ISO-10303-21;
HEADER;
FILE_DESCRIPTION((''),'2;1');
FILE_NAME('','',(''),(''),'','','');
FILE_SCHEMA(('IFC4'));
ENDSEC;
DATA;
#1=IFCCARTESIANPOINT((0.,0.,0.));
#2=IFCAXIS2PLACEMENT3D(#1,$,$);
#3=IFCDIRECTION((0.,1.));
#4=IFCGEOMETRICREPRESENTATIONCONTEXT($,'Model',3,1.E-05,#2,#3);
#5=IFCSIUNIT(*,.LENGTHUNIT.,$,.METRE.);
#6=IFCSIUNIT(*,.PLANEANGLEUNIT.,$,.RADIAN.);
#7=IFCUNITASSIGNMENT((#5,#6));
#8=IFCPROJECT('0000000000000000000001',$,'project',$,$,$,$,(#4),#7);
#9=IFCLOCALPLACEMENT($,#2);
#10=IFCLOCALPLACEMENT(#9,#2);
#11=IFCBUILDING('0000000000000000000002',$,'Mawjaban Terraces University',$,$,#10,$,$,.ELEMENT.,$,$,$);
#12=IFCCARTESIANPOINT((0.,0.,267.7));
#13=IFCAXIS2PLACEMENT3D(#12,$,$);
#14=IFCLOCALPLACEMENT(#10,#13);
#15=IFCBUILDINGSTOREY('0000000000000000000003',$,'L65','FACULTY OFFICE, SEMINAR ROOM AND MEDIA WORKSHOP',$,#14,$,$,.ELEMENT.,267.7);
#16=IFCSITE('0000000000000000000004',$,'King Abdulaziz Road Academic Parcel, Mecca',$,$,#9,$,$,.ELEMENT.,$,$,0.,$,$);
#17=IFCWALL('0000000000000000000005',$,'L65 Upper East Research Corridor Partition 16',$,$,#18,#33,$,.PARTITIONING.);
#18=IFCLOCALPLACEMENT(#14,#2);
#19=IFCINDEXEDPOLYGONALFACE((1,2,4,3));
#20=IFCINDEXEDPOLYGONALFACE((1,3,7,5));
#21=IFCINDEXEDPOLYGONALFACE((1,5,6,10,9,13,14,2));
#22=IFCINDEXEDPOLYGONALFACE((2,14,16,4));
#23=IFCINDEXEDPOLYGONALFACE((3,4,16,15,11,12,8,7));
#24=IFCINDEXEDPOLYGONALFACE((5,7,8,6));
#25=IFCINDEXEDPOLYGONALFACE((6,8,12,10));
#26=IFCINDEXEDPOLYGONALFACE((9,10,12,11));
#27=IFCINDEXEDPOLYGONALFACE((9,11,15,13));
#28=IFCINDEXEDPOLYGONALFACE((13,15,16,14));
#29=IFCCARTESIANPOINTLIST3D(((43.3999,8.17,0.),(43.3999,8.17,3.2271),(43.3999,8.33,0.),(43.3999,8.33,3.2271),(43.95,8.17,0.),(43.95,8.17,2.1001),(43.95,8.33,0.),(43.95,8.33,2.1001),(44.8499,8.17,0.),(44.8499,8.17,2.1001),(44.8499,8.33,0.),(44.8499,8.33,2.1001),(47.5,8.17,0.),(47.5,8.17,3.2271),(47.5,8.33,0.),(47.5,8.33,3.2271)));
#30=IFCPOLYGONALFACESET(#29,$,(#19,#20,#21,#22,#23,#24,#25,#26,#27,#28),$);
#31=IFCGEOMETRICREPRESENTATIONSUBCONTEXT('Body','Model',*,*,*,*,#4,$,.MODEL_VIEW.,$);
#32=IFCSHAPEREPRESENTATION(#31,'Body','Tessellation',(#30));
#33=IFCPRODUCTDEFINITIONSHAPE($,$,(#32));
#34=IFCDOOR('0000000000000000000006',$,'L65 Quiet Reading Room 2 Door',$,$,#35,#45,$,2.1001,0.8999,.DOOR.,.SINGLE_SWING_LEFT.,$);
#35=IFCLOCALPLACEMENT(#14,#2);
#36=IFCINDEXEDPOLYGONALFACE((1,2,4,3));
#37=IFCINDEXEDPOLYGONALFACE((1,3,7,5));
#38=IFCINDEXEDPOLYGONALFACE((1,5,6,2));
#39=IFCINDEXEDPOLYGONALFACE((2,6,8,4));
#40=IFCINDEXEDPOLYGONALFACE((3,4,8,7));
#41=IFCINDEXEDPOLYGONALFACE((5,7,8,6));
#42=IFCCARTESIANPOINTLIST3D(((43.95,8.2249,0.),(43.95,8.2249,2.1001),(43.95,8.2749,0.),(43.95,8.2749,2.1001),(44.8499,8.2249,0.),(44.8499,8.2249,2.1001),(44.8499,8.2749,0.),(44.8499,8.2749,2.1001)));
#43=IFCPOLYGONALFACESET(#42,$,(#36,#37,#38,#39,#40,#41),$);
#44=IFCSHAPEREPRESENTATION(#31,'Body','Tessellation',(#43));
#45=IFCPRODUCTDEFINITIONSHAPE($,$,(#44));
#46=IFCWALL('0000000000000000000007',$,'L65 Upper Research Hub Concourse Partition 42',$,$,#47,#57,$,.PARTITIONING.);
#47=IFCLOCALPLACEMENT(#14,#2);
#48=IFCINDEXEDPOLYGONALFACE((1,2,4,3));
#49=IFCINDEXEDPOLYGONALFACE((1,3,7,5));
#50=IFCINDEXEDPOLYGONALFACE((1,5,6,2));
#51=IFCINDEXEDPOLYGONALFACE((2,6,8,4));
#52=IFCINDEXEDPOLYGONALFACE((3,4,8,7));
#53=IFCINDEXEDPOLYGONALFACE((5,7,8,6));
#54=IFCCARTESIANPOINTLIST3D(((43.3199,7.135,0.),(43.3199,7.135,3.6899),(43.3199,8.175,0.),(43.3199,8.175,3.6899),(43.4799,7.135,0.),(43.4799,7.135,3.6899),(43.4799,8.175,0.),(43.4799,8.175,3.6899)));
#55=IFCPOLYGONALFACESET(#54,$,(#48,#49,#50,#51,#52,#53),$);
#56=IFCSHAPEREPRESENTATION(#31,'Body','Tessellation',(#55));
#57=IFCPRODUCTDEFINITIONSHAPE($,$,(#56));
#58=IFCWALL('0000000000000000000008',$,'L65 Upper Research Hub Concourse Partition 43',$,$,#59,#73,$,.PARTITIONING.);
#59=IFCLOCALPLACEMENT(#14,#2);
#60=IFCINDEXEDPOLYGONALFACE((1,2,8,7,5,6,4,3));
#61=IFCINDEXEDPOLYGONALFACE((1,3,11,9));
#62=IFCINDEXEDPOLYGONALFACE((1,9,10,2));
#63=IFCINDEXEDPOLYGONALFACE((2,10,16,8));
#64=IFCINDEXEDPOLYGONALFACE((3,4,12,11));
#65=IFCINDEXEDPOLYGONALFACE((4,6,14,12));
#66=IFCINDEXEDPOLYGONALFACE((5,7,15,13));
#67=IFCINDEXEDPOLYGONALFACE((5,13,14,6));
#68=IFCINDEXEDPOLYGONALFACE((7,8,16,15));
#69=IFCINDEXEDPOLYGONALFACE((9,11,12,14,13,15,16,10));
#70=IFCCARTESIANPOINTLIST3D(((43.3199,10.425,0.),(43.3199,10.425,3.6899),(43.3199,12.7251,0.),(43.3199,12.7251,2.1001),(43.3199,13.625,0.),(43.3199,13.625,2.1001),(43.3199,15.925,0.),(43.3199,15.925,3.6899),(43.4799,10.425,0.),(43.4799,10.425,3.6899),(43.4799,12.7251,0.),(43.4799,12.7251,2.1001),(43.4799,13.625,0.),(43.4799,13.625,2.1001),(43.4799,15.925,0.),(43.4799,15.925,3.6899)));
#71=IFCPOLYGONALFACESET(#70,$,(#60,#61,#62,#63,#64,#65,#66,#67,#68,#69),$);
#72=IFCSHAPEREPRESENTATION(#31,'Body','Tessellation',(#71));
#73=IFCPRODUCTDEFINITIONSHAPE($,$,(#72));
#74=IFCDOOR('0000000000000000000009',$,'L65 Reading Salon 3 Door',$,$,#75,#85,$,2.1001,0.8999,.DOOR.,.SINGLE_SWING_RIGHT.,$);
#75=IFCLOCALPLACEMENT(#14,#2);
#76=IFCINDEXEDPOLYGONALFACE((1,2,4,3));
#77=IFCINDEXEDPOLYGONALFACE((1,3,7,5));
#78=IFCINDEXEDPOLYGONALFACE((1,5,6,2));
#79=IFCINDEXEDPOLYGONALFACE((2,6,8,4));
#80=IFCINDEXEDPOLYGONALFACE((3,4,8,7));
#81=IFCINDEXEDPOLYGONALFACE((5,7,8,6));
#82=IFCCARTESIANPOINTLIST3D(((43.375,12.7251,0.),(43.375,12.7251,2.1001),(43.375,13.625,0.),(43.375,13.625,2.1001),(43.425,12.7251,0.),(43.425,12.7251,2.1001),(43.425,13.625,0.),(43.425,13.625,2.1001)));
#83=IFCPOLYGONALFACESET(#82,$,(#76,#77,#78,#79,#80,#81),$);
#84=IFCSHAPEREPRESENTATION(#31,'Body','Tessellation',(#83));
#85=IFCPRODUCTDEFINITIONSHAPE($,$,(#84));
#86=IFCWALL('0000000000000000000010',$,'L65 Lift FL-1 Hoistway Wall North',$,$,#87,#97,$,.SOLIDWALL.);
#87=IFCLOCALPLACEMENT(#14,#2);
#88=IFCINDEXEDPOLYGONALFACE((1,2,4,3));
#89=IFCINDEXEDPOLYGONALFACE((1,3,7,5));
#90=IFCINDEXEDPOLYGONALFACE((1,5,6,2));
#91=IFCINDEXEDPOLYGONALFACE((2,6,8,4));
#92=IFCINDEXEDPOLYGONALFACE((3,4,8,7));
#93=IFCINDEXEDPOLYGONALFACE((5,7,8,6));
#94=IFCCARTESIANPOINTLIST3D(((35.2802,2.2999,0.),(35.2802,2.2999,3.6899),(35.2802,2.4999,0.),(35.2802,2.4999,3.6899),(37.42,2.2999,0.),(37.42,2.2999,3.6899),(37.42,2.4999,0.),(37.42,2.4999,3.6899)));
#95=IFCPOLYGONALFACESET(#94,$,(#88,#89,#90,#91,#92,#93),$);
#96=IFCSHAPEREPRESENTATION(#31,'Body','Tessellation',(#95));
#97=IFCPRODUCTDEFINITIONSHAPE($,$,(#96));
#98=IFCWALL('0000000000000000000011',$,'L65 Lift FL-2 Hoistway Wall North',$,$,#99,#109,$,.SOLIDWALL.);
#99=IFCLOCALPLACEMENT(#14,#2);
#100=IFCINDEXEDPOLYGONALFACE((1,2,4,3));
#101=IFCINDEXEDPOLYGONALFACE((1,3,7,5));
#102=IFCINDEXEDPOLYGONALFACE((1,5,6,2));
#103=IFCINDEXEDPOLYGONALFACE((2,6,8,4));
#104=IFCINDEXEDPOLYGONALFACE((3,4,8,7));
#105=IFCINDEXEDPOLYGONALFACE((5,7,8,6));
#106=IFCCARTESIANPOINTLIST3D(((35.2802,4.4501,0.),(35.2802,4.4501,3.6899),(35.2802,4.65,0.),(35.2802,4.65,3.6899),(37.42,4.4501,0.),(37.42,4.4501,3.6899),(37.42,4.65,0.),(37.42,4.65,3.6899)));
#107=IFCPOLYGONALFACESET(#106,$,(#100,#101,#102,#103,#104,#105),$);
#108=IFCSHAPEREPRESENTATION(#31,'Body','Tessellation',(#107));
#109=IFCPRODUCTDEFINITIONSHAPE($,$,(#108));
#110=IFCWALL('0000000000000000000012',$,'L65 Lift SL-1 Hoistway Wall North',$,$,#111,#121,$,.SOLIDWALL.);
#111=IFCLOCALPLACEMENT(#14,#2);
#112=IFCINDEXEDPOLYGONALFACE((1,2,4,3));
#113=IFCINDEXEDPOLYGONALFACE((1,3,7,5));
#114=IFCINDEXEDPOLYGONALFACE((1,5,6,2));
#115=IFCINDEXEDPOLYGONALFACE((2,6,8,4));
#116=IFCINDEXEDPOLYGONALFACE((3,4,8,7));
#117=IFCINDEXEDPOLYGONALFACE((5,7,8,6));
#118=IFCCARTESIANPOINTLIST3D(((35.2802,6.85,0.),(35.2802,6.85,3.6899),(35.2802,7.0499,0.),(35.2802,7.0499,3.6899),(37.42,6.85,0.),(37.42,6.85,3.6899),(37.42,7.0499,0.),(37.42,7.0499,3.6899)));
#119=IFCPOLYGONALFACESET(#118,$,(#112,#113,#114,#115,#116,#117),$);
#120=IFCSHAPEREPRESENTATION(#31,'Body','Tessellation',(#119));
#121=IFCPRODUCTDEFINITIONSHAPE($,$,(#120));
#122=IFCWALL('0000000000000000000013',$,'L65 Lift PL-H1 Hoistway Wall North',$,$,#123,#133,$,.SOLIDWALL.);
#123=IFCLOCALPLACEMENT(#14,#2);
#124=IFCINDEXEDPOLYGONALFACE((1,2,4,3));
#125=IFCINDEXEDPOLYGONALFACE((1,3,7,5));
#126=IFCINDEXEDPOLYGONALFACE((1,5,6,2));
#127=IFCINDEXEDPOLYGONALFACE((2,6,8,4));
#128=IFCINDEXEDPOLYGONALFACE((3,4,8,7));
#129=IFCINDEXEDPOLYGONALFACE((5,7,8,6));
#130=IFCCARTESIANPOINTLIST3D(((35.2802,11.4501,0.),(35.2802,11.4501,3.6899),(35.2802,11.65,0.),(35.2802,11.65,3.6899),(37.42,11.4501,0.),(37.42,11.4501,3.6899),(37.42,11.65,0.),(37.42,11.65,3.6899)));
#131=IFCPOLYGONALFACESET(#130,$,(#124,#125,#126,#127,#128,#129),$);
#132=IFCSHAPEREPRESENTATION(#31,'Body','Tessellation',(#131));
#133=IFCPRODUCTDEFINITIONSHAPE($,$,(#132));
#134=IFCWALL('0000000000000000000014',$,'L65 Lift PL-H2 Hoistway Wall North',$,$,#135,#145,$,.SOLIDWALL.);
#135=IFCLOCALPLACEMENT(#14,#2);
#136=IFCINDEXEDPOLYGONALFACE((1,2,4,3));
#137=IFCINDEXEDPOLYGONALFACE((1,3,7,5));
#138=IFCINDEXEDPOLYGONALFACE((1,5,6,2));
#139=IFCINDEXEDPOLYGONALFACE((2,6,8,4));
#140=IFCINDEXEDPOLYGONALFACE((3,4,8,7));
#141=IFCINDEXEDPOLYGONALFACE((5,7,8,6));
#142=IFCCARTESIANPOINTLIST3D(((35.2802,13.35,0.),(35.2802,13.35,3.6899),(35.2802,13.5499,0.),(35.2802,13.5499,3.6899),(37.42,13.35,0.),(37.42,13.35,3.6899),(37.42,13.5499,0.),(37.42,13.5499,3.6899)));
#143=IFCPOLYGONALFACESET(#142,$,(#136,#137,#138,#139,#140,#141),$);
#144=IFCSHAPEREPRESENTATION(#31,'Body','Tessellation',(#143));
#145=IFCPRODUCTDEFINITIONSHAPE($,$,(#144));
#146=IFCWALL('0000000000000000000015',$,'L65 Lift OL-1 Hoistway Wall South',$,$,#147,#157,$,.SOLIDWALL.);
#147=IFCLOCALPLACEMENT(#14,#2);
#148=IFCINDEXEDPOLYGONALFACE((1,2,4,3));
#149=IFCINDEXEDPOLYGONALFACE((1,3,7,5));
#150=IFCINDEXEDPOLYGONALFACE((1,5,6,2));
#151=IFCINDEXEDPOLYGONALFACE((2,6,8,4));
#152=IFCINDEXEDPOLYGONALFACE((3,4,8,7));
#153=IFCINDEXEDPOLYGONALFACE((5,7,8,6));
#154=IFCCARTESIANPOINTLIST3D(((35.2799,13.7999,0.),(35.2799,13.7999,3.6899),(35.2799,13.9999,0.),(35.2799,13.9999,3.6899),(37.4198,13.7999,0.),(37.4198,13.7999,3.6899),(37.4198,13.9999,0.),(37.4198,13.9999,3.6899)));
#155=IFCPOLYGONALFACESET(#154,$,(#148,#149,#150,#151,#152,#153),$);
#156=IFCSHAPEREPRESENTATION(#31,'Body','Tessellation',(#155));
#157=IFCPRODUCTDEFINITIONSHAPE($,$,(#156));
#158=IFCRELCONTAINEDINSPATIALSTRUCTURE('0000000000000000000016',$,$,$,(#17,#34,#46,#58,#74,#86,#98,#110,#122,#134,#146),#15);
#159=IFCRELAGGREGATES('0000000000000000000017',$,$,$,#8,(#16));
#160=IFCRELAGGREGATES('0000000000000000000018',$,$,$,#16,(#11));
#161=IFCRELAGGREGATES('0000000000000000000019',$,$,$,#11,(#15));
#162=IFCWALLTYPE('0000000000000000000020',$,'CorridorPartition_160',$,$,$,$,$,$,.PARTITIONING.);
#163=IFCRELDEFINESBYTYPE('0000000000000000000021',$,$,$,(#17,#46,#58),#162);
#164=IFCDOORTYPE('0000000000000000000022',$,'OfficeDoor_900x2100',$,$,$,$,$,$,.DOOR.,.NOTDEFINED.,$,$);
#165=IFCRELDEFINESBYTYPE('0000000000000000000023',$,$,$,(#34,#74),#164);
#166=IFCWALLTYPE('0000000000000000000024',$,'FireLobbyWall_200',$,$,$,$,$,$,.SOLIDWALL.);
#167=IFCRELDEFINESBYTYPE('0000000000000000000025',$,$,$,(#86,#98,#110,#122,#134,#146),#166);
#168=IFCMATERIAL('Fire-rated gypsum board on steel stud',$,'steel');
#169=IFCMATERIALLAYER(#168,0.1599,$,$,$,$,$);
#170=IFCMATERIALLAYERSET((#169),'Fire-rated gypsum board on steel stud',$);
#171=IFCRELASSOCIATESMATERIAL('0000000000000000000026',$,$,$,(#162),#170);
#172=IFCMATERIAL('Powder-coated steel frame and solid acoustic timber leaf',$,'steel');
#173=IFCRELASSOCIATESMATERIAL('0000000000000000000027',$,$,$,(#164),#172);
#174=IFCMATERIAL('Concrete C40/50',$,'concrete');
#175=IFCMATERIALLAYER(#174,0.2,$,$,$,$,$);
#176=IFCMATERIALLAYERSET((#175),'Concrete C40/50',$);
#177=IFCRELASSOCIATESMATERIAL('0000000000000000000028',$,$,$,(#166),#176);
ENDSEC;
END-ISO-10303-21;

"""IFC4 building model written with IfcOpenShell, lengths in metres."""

from ifc_helpers import new_model, si_unit, direction, frame, frame_2d, origin, place, context, subcontext, project, spatial, rectangle, extrude, material, layer, layer_set, type_object, element, fill, save


model = new_model("IFC4")

# Units and contexts
model_context = context("Model", 3, precision=1e-05, world=origin(), true_north=direction((0.0, 1.0)))
body_context = subcontext(model_context, "Body", "Model", "MODEL_VIEW")
ifc_project = project(units=[si_unit("LENGTHUNIT", "METRE"), si_unit("PLANEANGLEUNIT", "RADIAN")], contexts=[model_context])

# Site, building, storey
site_placement = place(None, origin())
site = spatial("IfcSite", under=ifc_project, at=site_placement, Name="King Abdulaziz Road Academic Parcel, Mecca", CompositionType="ELEMENT", RefElevation=0.0)
building_placement = place(site_placement, origin())
building = spatial("IfcBuilding", under=site, at=building_placement, Name="Mawjaban Terraces University", CompositionType="ELEMENT")
storey_placement = place(building_placement, frame((0.0, 0.0, 267.7)))
storey = spatial("IfcBuildingStorey", under=building, at=storey_placement, Name="L65", Description="FACULTY OFFICE, SEMINAR ROOM AND MEDIA WORKSHOP", CompositionType="ELEMENT", Elevation=267.7)

# Shared definitions
ifc_material_1 = material(Name="Powder-coated steel frame and solid acoustic timber leaf", Category="steel")

# Wall, opening, door
ifc_material_2 = material(Name="Fire-rated gypsum board on steel stud", Category="steel")
ifc_layer_1 = layer(ifc_material_2, 0.1599)
ifc_layer_set_1 = layer_set([ifc_layer_1], Name="Fire-rated gypsum board on steel stud")
wall_type_1 = type_object("IfcWallType", Name="CorridorPartition_160", PredefinedType="PARTITIONING", material=ifc_layer_set_1)
wall_1_placement = place(storey_placement, frame((43.3999, 8.25, 0.0), z_axis=(0.0, 0.0, 1.0), x_axis=(1.0, 0.0, 0.0)))
wall_1 = element("IfcWall", 1, at=wall_1_placement, inside=storey, type_object=wall_type_1, Name="L65 Upper East Research Corridor Partition 16", PredefinedType="PARTITIONING", context=body_context, shape_type="SweptSolid", body=[
    extrude(rectangle(XDim=4.1001, YDim=0.1599, at=frame_2d((2.05, 0.0))), origin(), (0.0, 0.0, 1.0), 3.2271),
])
opening_1_placement = place(wall_1_placement, frame((0.55, 0.0, 0.0)))
opening_1 = element("IfcOpeningElement", 2, at=opening_1_placement, cuts=wall_1, PredefinedType="OPENING", context=body_context, shape_type="SweptSolid", body=[
    extrude(rectangle(XDim=0.8999, YDim=2.1001, at=frame_2d((0.45, 1.05))), frame((0.0, 0.0898, 0.0), z_axis=(0.0, -1.0, 0.0), x_axis=(1.0, 0.0, 0.0)), (0.0, 0.0, 1.0), 0.1799),
])
door_type_1 = type_object("IfcDoorType", Name="OfficeDoor_900x2100", OperationType="NOTDEFINED", PredefinedType="DOOR", material=ifc_material_1)
door_1_placement = place(opening_1_placement, origin())
door_1 = element("IfcDoor", 3, at=door_1_placement, inside=storey, type_object=door_type_1, Name="L65 Quiet Reading Room 2 Door", OperationType="SINGLE_SWING_LEFT", OverallHeight=2.1001, OverallWidth=0.8999, PredefinedType="DOOR", context=body_context, shape_type="SweptSolid", body=[
    extrude(rectangle(XDim=0.8999, YDim=2.1001, at=frame_2d((0.45, 1.05))), frame((0.0, 0.0249, 0.0), z_axis=(0.0, -1.0, 0.0), x_axis=(1.0, 0.0, 0.0)), (0.0, 0.0, 1.0), 0.05),
])
fill(opening_1, door_1)

# Wall
wall_2_placement = place(storey_placement, frame((43.3999, 7.135, 0.0), z_axis=(0.0, 0.0, 1.0), x_axis=(0.0, 1.0, 0.0)))
element("IfcWall", 4, at=wall_2_placement, inside=storey, type_object=wall_type_1, Name="L65 Upper Research Hub Concourse Partition 42", PredefinedType="PARTITIONING", context=body_context, shape_type="SweptSolid", body=[
    extrude(rectangle(XDim=1.04, YDim=0.1599, at=frame_2d((0.52, 0.0))), origin(), (0.0, 0.0, 1.0), 3.6899),
])

# Wall, opening, door
wall_3_placement = place(storey_placement, frame((43.3999, 10.425, 0.0), z_axis=(0.0, 0.0, 1.0), x_axis=(0.0, 1.0, 0.0)))
wall_3 = element("IfcWall", 5, at=wall_3_placement, inside=storey, type_object=wall_type_1, Name="L65 Upper Research Hub Concourse Partition 43", PredefinedType="PARTITIONING", context=body_context, shape_type="SweptSolid", body=[
    extrude(rectangle(XDim=5.5, YDim=0.1599, at=frame_2d((2.75, 0.0))), origin(), (0.0, 0.0, 1.0), 3.6899),
])
opening_2_placement = place(wall_3_placement, frame((2.3, 0.0, 0.0)))
opening_2 = element("IfcOpeningElement", 6, at=opening_2_placement, cuts=wall_3, PredefinedType="OPENING", context=body_context, shape_type="SweptSolid", body=[
    extrude(rectangle(XDim=0.8999, YDim=2.1001, at=frame_2d((0.45, 1.05))), frame((0.0, 0.0898, 0.0), z_axis=(0.0, -1.0, 0.0), x_axis=(1.0, 0.0, 0.0)), (0.0, 0.0, 1.0), 0.1799),
])
door_2_placement = place(opening_2_placement, origin())
door_2 = element("IfcDoor", 7, at=door_2_placement, inside=storey, type_object=door_type_1, Name="L65 Reading Salon 3 Door", OperationType="SINGLE_SWING_RIGHT", OverallHeight=2.1001, OverallWidth=0.8999, PredefinedType="DOOR", context=body_context, shape_type="SweptSolid", body=[
    extrude(rectangle(XDim=0.8999, YDim=2.1001, at=frame_2d((0.45, 1.05))), frame((0.0, 0.0249, 0.0), z_axis=(0.0, -1.0, 0.0), x_axis=(1.0, 0.0, 0.0)), (0.0, 0.0, 1.0), 0.05),
])
fill(opening_2, door_2)

# Walls
ifc_material_3 = material(Name="Concrete C40/50", Category="concrete")
ifc_layer_2 = layer(ifc_material_3, 0.2)
ifc_layer_set_2 = layer_set([ifc_layer_2], Name="Concrete C40/50")
wall_type_2 = type_object("IfcWallType", Name="FireLobbyWall_200", PredefinedType="SOLIDWALL", material=ifc_layer_set_2)
for number, where, z_axis, x_axis, name in (
    (8, (37.4199, 2.3999, 0.0), (0.0, 0.0, 1.0), (-1.0, 0.0, 0.0), "L65 Lift FL-1 Hoistway Wall North"),
    (9, (37.4199, 4.55, 0.0), (0.0, 0.0, 1.0), (-1.0, 0.0, 0.0), "L65 Lift FL-2 Hoistway Wall North"),
    (10, (37.4199, 6.95, 0.0), (0.0, 0.0, 1.0), (-1.0, 0.0, 0.0), "L65 Lift SL-1 Hoistway Wall North"),
    (11, (37.4199, 11.55, 0.0), (0.0, 0.0, 1.0), (-1.0, 0.0, 0.0), "L65 Lift PL-H1 Hoistway Wall North"),
    (12, (37.4199, 13.45, 0.0), (0.0, 0.0, 1.0), (-1.0, 0.0, 0.0), "L65 Lift PL-H2 Hoistway Wall North"),
    (13, (35.28, 13.8999, 0.0), (0.0, 0.0, 1.0), (1.0, 0.0, 0.0), "L65 Lift OL-1 Hoistway Wall South"),
):
    element("IfcWall", number, at=place(storey_placement, frame(where, z_axis=z_axis, x_axis=x_axis)), inside=storey, type_object=wall_type_2, Name=name, PredefinedType="SOLIDWALL", context=body_context, shape_type="SweptSolid", body=[
        extrude(rectangle(XDim=2.1399, YDim=0.2, at=frame_2d((1.0698, 0.0))), origin(), (0.0, 0.0, 1.0), 3.6899),
    ])

save(model, "model.ifc")
